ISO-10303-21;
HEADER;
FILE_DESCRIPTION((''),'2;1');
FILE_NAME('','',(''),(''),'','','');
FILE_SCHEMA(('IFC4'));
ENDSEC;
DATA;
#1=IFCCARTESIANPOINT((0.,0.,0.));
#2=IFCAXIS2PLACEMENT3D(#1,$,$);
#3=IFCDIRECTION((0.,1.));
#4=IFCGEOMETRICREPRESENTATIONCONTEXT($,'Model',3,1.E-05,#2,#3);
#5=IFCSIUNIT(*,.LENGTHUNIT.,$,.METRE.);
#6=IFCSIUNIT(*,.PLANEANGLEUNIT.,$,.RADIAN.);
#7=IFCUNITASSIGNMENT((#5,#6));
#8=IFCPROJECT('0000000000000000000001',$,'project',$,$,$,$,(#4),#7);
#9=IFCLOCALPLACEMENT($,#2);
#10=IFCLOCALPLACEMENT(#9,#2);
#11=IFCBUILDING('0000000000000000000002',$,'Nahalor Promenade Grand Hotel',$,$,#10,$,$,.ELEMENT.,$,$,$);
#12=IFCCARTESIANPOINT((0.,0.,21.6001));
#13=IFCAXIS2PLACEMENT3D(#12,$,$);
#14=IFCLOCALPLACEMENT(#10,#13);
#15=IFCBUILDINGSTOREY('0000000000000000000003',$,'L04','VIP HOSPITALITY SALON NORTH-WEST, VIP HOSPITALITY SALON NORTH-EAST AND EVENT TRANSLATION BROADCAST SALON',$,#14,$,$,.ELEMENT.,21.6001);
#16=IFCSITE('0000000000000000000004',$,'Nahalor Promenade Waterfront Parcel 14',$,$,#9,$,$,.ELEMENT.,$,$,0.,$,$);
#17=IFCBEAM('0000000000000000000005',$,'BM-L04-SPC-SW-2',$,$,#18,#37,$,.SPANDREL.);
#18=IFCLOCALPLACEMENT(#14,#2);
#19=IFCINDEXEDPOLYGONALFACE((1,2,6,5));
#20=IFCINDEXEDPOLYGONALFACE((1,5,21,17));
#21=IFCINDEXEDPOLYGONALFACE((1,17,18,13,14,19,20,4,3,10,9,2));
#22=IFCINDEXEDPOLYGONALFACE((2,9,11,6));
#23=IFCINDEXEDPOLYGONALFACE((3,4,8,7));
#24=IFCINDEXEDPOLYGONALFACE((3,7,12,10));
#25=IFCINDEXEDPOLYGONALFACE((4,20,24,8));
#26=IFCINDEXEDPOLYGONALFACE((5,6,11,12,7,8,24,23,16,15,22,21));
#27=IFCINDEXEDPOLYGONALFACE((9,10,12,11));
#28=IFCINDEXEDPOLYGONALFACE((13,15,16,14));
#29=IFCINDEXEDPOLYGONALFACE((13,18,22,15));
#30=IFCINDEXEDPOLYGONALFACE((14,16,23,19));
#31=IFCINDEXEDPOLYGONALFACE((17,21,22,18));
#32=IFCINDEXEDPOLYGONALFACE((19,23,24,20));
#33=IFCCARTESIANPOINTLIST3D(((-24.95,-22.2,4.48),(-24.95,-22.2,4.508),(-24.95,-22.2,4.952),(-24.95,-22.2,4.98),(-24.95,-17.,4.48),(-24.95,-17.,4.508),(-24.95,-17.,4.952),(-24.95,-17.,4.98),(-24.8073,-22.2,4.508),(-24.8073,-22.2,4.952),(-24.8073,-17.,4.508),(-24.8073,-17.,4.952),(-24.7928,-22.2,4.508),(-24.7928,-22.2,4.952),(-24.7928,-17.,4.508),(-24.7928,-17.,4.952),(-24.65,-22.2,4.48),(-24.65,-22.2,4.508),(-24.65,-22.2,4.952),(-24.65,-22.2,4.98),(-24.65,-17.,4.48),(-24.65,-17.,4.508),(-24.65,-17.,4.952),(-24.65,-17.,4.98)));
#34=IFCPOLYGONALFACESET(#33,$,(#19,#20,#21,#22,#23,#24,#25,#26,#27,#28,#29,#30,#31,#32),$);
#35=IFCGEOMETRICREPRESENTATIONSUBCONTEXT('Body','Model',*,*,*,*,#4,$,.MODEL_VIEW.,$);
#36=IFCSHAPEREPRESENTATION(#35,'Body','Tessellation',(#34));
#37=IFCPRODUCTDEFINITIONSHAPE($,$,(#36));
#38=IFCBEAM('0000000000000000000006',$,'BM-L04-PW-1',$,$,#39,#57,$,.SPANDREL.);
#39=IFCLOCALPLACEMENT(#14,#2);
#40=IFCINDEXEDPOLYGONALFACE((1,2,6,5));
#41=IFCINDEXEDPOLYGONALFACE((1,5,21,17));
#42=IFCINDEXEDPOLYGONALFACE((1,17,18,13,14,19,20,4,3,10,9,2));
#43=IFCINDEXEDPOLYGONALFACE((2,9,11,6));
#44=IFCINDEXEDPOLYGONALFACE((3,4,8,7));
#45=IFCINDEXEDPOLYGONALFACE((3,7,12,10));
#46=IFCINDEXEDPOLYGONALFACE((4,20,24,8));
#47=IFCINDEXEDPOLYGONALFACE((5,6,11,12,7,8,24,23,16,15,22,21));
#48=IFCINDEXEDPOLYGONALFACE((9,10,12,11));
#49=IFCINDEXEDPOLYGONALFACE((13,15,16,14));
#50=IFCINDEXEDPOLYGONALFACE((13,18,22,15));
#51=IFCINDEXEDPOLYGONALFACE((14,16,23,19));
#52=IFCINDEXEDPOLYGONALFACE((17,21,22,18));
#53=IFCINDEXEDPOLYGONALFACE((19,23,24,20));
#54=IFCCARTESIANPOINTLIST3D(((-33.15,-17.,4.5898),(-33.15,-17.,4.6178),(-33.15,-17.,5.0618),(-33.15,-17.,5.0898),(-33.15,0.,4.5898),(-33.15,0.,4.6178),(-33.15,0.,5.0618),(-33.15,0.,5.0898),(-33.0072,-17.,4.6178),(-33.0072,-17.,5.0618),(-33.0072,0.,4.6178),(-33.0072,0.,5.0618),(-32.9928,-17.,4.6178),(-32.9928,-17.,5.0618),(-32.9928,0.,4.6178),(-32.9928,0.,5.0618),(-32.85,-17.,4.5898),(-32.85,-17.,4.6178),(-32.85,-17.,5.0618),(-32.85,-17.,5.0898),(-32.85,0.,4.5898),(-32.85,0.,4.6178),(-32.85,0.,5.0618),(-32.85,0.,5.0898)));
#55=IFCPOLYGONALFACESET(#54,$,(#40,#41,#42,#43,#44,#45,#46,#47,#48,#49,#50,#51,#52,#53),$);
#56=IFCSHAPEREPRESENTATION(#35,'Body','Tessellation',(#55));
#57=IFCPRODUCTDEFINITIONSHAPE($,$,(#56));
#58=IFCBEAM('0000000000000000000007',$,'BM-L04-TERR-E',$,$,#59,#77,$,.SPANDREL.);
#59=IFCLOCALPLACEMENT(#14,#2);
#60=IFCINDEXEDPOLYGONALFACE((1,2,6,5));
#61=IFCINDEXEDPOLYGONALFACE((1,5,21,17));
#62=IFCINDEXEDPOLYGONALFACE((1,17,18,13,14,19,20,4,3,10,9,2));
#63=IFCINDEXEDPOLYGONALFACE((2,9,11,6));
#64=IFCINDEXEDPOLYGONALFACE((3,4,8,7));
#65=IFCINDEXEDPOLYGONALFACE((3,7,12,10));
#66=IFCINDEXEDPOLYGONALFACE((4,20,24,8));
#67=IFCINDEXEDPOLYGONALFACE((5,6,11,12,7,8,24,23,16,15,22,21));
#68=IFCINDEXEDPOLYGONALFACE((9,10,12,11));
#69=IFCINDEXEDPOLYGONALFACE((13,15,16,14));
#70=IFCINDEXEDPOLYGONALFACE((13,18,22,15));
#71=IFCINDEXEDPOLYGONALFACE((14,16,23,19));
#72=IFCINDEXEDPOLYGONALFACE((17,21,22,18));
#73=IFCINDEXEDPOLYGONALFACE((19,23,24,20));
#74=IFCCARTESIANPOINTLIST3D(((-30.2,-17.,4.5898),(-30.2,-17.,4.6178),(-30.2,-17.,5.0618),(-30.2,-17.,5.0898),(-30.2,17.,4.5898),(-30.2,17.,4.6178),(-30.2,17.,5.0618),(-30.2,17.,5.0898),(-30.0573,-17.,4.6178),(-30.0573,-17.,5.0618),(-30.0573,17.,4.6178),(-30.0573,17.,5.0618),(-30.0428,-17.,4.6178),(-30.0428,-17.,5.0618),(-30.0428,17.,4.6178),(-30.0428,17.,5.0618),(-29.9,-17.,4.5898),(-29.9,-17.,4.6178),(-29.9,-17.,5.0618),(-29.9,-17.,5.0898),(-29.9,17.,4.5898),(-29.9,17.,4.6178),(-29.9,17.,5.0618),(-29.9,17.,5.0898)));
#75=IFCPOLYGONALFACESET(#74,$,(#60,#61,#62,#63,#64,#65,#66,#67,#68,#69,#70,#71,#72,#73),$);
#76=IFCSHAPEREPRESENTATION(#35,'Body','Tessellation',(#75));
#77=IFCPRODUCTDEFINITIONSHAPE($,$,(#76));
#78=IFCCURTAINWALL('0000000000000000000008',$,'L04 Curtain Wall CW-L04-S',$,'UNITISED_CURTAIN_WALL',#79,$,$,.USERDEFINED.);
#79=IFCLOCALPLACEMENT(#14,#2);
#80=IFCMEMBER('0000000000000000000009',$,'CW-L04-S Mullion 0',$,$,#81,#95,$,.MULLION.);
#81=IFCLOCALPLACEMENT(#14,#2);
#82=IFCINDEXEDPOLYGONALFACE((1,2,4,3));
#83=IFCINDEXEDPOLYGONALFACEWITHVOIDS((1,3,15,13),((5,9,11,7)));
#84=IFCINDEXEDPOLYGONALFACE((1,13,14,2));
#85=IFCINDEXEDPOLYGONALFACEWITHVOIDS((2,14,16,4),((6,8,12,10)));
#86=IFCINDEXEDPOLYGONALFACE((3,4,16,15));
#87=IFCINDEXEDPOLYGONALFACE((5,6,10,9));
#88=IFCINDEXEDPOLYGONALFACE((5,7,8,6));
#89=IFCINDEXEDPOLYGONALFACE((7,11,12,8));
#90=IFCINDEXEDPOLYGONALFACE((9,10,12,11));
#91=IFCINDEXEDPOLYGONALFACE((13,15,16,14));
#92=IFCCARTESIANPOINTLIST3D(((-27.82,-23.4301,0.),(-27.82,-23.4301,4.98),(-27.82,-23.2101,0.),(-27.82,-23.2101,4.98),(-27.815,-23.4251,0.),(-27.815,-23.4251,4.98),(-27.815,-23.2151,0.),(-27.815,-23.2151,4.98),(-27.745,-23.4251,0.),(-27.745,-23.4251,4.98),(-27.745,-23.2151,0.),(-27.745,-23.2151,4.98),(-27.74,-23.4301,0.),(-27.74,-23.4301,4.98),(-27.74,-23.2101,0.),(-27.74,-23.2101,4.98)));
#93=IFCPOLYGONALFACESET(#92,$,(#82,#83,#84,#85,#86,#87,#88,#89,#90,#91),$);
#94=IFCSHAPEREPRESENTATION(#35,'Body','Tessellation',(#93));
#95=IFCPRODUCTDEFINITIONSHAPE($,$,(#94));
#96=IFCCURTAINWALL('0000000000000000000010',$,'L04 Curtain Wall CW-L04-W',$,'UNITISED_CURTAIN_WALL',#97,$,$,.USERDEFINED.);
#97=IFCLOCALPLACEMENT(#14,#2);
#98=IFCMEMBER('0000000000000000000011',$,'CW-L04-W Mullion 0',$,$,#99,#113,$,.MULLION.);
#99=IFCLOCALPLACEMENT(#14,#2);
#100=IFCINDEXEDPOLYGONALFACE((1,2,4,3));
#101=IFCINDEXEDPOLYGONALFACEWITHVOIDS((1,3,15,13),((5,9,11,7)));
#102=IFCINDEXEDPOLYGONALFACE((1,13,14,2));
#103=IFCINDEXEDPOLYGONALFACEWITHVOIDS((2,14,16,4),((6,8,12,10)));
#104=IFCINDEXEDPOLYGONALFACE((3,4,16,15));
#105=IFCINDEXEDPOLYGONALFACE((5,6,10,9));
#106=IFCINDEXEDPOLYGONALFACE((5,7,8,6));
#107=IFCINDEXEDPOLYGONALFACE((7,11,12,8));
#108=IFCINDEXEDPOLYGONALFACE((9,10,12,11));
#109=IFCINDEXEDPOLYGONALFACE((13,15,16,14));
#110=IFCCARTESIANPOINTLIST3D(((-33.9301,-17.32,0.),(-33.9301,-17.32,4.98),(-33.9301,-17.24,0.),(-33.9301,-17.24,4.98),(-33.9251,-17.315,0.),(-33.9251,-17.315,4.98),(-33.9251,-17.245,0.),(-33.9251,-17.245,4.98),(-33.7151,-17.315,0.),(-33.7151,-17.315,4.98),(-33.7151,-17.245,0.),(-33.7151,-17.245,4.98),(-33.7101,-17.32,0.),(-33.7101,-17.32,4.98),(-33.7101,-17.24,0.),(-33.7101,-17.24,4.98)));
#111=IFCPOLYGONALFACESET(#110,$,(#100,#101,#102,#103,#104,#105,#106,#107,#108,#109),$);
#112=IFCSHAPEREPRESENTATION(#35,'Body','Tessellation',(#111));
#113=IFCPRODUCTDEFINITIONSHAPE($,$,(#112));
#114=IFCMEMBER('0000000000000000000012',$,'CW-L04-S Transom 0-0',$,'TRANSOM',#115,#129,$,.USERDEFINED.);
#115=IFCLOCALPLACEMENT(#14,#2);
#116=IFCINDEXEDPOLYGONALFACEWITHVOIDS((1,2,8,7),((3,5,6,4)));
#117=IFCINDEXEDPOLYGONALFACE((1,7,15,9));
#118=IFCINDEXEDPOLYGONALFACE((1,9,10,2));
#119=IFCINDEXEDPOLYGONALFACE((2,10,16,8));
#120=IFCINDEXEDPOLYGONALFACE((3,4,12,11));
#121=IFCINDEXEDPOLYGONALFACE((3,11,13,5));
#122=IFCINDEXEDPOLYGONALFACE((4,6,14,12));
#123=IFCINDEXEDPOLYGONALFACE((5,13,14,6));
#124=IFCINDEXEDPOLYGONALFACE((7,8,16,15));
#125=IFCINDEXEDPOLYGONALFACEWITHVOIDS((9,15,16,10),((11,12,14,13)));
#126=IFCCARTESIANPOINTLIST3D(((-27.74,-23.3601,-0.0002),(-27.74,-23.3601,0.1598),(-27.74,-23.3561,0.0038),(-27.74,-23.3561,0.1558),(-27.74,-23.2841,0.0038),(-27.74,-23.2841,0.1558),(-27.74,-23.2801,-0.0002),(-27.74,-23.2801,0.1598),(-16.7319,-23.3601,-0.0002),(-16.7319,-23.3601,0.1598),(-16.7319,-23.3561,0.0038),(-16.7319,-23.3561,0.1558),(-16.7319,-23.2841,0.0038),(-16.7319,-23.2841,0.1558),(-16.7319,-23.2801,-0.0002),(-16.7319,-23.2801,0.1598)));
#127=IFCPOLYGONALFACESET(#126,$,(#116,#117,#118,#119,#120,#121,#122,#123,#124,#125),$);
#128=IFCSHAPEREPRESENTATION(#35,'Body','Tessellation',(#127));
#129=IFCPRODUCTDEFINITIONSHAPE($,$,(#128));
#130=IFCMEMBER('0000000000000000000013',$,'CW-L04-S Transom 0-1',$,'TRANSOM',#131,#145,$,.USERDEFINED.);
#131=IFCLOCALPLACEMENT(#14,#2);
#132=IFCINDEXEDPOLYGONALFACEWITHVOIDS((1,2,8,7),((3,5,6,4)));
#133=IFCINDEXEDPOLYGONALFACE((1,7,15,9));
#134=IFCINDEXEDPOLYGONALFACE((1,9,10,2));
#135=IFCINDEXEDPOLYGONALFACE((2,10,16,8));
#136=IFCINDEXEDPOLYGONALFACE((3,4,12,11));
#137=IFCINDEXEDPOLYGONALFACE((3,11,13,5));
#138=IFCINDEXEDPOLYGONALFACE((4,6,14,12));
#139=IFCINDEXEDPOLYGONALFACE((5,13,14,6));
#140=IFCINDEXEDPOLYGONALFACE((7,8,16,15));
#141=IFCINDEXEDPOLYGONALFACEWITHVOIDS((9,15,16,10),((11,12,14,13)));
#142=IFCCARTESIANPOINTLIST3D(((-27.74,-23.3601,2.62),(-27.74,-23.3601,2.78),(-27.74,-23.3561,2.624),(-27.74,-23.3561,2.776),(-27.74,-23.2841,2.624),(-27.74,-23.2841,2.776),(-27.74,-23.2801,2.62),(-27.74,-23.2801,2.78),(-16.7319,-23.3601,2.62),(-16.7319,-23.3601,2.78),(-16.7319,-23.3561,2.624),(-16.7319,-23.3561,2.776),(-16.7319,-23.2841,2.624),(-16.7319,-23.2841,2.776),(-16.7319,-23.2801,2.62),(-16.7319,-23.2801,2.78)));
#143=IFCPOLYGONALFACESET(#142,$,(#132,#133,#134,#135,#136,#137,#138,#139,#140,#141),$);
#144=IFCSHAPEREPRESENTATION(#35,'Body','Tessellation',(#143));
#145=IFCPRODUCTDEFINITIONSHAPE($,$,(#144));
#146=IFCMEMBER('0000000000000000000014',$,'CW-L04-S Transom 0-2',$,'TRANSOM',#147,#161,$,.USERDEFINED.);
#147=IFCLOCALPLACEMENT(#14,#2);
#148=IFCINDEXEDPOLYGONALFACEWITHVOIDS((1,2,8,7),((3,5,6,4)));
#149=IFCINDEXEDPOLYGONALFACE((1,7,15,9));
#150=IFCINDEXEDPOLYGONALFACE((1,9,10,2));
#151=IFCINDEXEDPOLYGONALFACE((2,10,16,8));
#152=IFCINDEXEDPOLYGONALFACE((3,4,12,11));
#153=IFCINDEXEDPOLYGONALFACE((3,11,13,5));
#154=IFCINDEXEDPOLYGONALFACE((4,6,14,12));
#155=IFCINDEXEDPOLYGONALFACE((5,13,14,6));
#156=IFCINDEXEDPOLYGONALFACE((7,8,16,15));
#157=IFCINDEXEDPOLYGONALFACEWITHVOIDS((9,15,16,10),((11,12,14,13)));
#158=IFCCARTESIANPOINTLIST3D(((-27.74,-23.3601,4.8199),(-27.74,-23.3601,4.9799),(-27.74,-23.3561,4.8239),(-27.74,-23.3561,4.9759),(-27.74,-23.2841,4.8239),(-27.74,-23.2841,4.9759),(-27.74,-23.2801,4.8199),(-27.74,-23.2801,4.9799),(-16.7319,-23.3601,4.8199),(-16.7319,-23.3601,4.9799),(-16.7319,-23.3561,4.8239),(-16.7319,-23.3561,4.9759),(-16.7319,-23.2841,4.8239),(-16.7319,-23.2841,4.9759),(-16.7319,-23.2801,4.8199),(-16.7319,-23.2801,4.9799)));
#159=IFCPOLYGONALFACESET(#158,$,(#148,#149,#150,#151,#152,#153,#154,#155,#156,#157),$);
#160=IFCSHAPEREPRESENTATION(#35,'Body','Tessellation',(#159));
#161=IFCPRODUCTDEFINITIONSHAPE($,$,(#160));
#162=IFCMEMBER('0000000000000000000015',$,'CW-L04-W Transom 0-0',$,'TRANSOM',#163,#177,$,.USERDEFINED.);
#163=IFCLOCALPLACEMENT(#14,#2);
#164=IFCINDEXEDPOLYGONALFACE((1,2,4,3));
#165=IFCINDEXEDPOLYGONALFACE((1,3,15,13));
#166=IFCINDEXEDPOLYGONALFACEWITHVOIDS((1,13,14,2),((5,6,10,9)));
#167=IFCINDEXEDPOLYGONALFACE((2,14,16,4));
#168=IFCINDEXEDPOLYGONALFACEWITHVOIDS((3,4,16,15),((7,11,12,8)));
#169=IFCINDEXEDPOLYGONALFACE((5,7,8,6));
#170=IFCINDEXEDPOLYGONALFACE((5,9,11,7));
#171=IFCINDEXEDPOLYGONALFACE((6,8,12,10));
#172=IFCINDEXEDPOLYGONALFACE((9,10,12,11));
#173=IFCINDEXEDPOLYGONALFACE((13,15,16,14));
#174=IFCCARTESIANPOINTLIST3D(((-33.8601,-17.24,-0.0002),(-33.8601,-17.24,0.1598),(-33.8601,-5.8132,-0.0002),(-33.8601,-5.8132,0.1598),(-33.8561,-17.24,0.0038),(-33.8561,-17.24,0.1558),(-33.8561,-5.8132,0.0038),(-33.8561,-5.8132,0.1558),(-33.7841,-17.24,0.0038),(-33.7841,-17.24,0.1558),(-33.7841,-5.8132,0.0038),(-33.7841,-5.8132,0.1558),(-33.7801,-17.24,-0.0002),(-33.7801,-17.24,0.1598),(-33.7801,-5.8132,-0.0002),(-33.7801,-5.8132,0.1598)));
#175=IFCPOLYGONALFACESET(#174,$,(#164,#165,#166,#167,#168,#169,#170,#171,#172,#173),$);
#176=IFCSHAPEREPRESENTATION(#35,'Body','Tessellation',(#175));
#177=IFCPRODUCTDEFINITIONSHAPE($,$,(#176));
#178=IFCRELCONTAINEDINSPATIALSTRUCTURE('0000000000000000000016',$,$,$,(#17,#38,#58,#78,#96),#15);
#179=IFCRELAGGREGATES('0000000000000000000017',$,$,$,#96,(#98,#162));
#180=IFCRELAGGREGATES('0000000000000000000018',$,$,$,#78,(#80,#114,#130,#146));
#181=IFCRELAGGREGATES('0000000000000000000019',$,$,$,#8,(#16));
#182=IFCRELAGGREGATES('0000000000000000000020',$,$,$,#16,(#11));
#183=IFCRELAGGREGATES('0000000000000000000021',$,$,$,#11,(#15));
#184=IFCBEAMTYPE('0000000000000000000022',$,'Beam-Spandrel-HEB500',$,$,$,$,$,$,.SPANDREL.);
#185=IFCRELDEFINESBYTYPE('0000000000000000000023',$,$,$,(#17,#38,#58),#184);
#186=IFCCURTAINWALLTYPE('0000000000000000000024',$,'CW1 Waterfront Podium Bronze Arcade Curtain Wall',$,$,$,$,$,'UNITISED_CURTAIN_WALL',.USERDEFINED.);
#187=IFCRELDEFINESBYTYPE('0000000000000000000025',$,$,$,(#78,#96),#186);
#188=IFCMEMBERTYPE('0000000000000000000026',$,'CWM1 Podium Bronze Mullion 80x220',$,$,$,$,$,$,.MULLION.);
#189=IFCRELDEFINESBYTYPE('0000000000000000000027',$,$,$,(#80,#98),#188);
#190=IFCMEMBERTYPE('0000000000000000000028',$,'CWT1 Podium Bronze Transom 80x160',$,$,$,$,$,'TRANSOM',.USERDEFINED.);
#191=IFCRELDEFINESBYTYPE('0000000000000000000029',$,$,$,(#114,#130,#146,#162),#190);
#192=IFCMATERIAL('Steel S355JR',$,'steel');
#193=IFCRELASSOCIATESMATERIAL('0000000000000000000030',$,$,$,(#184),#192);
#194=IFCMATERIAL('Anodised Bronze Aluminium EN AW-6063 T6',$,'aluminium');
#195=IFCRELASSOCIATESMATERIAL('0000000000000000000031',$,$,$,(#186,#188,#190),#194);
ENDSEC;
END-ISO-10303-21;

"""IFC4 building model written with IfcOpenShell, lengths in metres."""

from ifc_helpers import new_model, si_unit, direction, frame, origin, origin_2d, place, context, subcontext, project, spatial, hollow_rectangle, i_section, extrude, source, transform, mapped, material, material_profile, profile_set, type_object, element, aggregate, save


model = new_model("IFC4")

# Units and contexts
model_context = context("Model", 3, precision=1e-05, world=origin(), true_north=direction((0.0, 1.0)))
body_context = subcontext(model_context, "Body", "Model", "MODEL_VIEW")
ifc_project = project(units=[si_unit("LENGTHUNIT", "METRE"), si_unit("PLANEANGLEUNIT", "RADIAN")], contexts=[model_context])

# Site, building, storey
site_placement = place(None, origin())
site = spatial("IfcSite", under=ifc_project, at=site_placement, Name="Nahalor Promenade Waterfront Parcel 14", CompositionType="ELEMENT", RefElevation=0.0)
building_placement = place(site_placement, origin())
building = spatial("IfcBuilding", under=site, at=building_placement, Name="Nahalor Promenade Grand Hotel", CompositionType="ELEMENT")
storey_placement = place(building_placement, frame((0.0, 0.0, 21.6001)))
storey = spatial("IfcBuildingStorey", under=building, at=storey_placement, Name="L04", Description="VIP HOSPITALITY SALON NORTH-WEST, VIP HOSPITALITY SALON NORTH-EAST AND EVENT TRANSLATION BROADCAST SALON", CompositionType="ELEMENT", Elevation=21.6001)

# Beams
ifc_material_1 = material(Name="Steel S355JR", Category="steel")
ifc_material_profile_1 = material_profile(ifc_material_1, i_section(OverallWidth=0.3, OverallDepth=0.5, WebThickness=0.0145, FlangeThickness=0.028, at=origin_2d()), Name="HEB 500")
ifc_profile_set_1 = profile_set([ifc_material_profile_1], Name="Steel S355JR")
beam_type_1 = type_object("IfcBeamType", Name="Beam-Spandrel-HEB500", PredefinedType="SPANDREL", material=ifc_profile_set_1)
shared_shape_1 = source(origin(), body_context, "Body", "SweptSolid", [
    extrude(i_section(OverallWidth=0.3, OverallDepth=0.5, WebThickness=0.0145, FlangeThickness=0.028, at=origin_2d()), origin(), (0.0, 0.0, 1.0), 5.2),
])
beam_1_placement = place(storey_placement, frame((-24.8, -22.2, 4.73), z_axis=(0.0, 1.0, 0.0), x_axis=(-1.0, 0.0, 0.0)))
element("IfcBeam", 1, at=beam_1_placement, inside=storey, type_object=beam_type_1, Name="BM-L04-SPC-SW-2", PredefinedType="SPANDREL", context=body_context, shape_type="MappedRepresentation", body=[
    mapped(shared_shape_1, transform((0.0, 0.0, 0.0), scale=1.0)),
])
shared_shape_2 = source(origin(), body_context, "Body", "SweptSolid", [
    extrude(i_section(OverallWidth=0.3, OverallDepth=0.5, WebThickness=0.0145, FlangeThickness=0.028, at=origin_2d()), origin(), (0.0, 0.0, 1.0), 17.0),
])
beam_2_placement = place(storey_placement, frame((-33.0, -17.0, 4.8398), z_axis=(0.0, 1.0, 0.0), x_axis=(-1.0, 0.0, 0.0)))
element("IfcBeam", 2, at=beam_2_placement, inside=storey, type_object=beam_type_1, Name="BM-L04-PW-1", PredefinedType="SPANDREL", context=body_context, shape_type="MappedRepresentation", body=[
    mapped(shared_shape_2, transform((0.0, 0.0, 0.0), scale=1.0)),
])
shared_shape_3 = source(origin(), body_context, "Body", "SweptSolid", [
    extrude(i_section(OverallWidth=0.3, OverallDepth=0.5, WebThickness=0.0145, FlangeThickness=0.028, at=origin_2d()), origin(), (0.0, 0.0, 1.0), 34.0),
])
beam_3_placement = place(storey_placement, frame((-30.05, -17.0, 4.8398), z_axis=(0.0, 1.0, 0.0), x_axis=(-1.0, 0.0, 0.0)))
element("IfcBeam", 3, at=beam_3_placement, inside=storey, type_object=beam_type_1, Name="BM-L04-TERR-E", PredefinedType="SPANDREL", context=body_context, shape_type="MappedRepresentation", body=[
    mapped(shared_shape_3, transform((0.0, 0.0, 0.0), scale=1.0)),
])

# Curtain walls, members
ifc_material_2 = material(Name="Anodised Bronze Aluminium EN AW-6063 T6", Category="aluminium")
curtain_wall_type = type_object("IfcCurtainWallType", Name="CW1 Waterfront Podium Bronze Arcade Curtain Wall", ElementType="UNITISED_CURTAIN_WALL", PredefinedType="USERDEFINED", material=ifc_material_2)
curtain_wall_1_placement = place(storey_placement, origin())
curtain_wall_1 = element("IfcCurtainWall", 4, at=curtain_wall_1_placement, inside=storey, type_object=curtain_wall_type, Name="L04 Curtain Wall CW-L04-S", ObjectType="UNITISED_CURTAIN_WALL", PredefinedType="USERDEFINED")
ifc_material_profile_2 = material_profile(ifc_material_2, hollow_rectangle(XDim=0.08, YDim=0.22, WallThickness=0.005, at=origin_2d()), Name="CWM 80x220x5")
ifc_profile_set_2 = profile_set([ifc_material_profile_2], Name="Anodised Bronze Aluminium EN AW-6063 T6")
member_type_1 = type_object("IfcMemberType", Name="CWM1 Podium Bronze Mullion 80x220", PredefinedType="MULLION", material=ifc_profile_set_2)
shared_shape_4 = source(origin(), body_context, "Body", "SweptSolid", [
    extrude(hollow_rectangle(XDim=0.08, YDim=0.22, WallThickness=0.005, at=origin_2d()), origin(), (0.0, 0.0, 1.0), 4.98),
])
member_1_placement = place(storey_placement, frame((-27.78, -23.3201, 0.0), z_axis=(0.0, 0.0, 1.0), x_axis=(1.0, 0.0, 0.0)))
member_1 = element("IfcMember", 5, at=member_1_placement, type_object=member_type_1, Name="CW-L04-S Mullion 0", PredefinedType="MULLION", context=body_context, shape_type="MappedRepresentation", body=[
    mapped(shared_shape_4, transform((0.0, 0.0, 0.0), scale=1.0)),
])
curtain_wall_2_placement = place(storey_placement, origin())
curtain_wall_2 = element("IfcCurtainWall", 6, at=curtain_wall_2_placement, inside=storey, type_object=curtain_wall_type, Name="L04 Curtain Wall CW-L04-W", ObjectType="UNITISED_CURTAIN_WALL", PredefinedType="USERDEFINED")
member_2_placement = place(storey_placement, frame((-33.8201, -17.28, 0.0), z_axis=(0.0, 0.0, 1.0), x_axis=(0.0, 1.0, 0.0)))
member_2 = element("IfcMember", 7, at=member_2_placement, type_object=member_type_1, Name="CW-L04-W Mullion 0", PredefinedType="MULLION", context=body_context, shape_type="MappedRepresentation", body=[
    mapped(shared_shape_4, transform((0.0, 0.0, 0.0), scale=1.0)),
])

# Members
ifc_material_profile_3 = material_profile(ifc_material_2, hollow_rectangle(XDim=0.08, YDim=0.16, WallThickness=0.004, at=origin_2d()), Name="CWT 80x160x4")
ifc_profile_set_3 = profile_set([ifc_material_profile_3], Name="Anodised Bronze Aluminium EN AW-6063 T6")
member_type_2 = type_object("IfcMemberType", Name="CWT1 Podium Bronze Transom 80x160", ElementType="TRANSOM", PredefinedType="USERDEFINED", material=ifc_profile_set_3)
shared_shape_5 = source(origin(), body_context, "Body", "SweptSolid", [
    extrude(hollow_rectangle(XDim=0.08, YDim=0.16, WallThickness=0.004, at=origin_2d()), origin(), (0.0, 0.0, 1.0), 11.0081),
])
member_3_placement = place(storey_placement, frame((-27.74, -23.3201, 0.0798), z_axis=(1.0, 0.0, 0.0), x_axis=(0.0, 1.0, 0.0)))
member_3 = element("IfcMember", 8, at=member_3_placement, type_object=member_type_2, Name="CW-L04-S Transom 0-0", ObjectType="TRANSOM", PredefinedType="USERDEFINED", context=body_context, shape_type="MappedRepresentation", body=[
    mapped(shared_shape_5, transform((0.0, 0.0, 0.0), scale=1.0)),
])
member_4_placement = place(storey_placement, frame((-27.74, -23.3201, 2.7), z_axis=(1.0, 0.0, 0.0), x_axis=(0.0, 1.0, 0.0)))
member_4 = element("IfcMember", 9, at=member_4_placement, type_object=member_type_2, Name="CW-L04-S Transom 0-1", ObjectType="TRANSOM", PredefinedType="USERDEFINED", context=body_context, shape_type="MappedRepresentation", body=[
    mapped(shared_shape_5, transform((0.0, 0.0, 0.0), scale=1.0)),
])
member_5_placement = place(storey_placement, frame((-27.74, -23.3201, 4.8999), z_axis=(1.0, 0.0, 0.0), x_axis=(0.0, 1.0, 0.0)))
member_5 = element("IfcMember", 10, at=member_5_placement, type_object=member_type_2, Name="CW-L04-S Transom 0-2", ObjectType="TRANSOM", PredefinedType="USERDEFINED", context=body_context, shape_type="MappedRepresentation", body=[
    mapped(shared_shape_5, transform((0.0, 0.0, 0.0), scale=1.0)),
])
shared_shape_6 = source(origin(), body_context, "Body", "SweptSolid", [
    extrude(hollow_rectangle(XDim=0.08, YDim=0.16, WallThickness=0.004, at=origin_2d()), origin(), (0.0, 0.0, 1.0), 11.4268),
])
member_6_placement = place(storey_placement, frame((-33.8201, -17.24, 0.0798), z_axis=(0.0, 1.0, 0.0), x_axis=(-1.0, 0.0, 0.0)))
member_6 = element("IfcMember", 11, at=member_6_placement, type_object=member_type_2, Name="CW-L04-W Transom 0-0", ObjectType="TRANSOM", PredefinedType="USERDEFINED", context=body_context, shape_type="MappedRepresentation", body=[
    mapped(shared_shape_6, transform((0.0, 0.0, 0.0), scale=1.0)),
])
aggregate(curtain_wall_2, [member_2, member_6])

aggregate(curtain_wall_1, [member_1, member_3, member_4, member_5])

save(model, "model.ifc")
